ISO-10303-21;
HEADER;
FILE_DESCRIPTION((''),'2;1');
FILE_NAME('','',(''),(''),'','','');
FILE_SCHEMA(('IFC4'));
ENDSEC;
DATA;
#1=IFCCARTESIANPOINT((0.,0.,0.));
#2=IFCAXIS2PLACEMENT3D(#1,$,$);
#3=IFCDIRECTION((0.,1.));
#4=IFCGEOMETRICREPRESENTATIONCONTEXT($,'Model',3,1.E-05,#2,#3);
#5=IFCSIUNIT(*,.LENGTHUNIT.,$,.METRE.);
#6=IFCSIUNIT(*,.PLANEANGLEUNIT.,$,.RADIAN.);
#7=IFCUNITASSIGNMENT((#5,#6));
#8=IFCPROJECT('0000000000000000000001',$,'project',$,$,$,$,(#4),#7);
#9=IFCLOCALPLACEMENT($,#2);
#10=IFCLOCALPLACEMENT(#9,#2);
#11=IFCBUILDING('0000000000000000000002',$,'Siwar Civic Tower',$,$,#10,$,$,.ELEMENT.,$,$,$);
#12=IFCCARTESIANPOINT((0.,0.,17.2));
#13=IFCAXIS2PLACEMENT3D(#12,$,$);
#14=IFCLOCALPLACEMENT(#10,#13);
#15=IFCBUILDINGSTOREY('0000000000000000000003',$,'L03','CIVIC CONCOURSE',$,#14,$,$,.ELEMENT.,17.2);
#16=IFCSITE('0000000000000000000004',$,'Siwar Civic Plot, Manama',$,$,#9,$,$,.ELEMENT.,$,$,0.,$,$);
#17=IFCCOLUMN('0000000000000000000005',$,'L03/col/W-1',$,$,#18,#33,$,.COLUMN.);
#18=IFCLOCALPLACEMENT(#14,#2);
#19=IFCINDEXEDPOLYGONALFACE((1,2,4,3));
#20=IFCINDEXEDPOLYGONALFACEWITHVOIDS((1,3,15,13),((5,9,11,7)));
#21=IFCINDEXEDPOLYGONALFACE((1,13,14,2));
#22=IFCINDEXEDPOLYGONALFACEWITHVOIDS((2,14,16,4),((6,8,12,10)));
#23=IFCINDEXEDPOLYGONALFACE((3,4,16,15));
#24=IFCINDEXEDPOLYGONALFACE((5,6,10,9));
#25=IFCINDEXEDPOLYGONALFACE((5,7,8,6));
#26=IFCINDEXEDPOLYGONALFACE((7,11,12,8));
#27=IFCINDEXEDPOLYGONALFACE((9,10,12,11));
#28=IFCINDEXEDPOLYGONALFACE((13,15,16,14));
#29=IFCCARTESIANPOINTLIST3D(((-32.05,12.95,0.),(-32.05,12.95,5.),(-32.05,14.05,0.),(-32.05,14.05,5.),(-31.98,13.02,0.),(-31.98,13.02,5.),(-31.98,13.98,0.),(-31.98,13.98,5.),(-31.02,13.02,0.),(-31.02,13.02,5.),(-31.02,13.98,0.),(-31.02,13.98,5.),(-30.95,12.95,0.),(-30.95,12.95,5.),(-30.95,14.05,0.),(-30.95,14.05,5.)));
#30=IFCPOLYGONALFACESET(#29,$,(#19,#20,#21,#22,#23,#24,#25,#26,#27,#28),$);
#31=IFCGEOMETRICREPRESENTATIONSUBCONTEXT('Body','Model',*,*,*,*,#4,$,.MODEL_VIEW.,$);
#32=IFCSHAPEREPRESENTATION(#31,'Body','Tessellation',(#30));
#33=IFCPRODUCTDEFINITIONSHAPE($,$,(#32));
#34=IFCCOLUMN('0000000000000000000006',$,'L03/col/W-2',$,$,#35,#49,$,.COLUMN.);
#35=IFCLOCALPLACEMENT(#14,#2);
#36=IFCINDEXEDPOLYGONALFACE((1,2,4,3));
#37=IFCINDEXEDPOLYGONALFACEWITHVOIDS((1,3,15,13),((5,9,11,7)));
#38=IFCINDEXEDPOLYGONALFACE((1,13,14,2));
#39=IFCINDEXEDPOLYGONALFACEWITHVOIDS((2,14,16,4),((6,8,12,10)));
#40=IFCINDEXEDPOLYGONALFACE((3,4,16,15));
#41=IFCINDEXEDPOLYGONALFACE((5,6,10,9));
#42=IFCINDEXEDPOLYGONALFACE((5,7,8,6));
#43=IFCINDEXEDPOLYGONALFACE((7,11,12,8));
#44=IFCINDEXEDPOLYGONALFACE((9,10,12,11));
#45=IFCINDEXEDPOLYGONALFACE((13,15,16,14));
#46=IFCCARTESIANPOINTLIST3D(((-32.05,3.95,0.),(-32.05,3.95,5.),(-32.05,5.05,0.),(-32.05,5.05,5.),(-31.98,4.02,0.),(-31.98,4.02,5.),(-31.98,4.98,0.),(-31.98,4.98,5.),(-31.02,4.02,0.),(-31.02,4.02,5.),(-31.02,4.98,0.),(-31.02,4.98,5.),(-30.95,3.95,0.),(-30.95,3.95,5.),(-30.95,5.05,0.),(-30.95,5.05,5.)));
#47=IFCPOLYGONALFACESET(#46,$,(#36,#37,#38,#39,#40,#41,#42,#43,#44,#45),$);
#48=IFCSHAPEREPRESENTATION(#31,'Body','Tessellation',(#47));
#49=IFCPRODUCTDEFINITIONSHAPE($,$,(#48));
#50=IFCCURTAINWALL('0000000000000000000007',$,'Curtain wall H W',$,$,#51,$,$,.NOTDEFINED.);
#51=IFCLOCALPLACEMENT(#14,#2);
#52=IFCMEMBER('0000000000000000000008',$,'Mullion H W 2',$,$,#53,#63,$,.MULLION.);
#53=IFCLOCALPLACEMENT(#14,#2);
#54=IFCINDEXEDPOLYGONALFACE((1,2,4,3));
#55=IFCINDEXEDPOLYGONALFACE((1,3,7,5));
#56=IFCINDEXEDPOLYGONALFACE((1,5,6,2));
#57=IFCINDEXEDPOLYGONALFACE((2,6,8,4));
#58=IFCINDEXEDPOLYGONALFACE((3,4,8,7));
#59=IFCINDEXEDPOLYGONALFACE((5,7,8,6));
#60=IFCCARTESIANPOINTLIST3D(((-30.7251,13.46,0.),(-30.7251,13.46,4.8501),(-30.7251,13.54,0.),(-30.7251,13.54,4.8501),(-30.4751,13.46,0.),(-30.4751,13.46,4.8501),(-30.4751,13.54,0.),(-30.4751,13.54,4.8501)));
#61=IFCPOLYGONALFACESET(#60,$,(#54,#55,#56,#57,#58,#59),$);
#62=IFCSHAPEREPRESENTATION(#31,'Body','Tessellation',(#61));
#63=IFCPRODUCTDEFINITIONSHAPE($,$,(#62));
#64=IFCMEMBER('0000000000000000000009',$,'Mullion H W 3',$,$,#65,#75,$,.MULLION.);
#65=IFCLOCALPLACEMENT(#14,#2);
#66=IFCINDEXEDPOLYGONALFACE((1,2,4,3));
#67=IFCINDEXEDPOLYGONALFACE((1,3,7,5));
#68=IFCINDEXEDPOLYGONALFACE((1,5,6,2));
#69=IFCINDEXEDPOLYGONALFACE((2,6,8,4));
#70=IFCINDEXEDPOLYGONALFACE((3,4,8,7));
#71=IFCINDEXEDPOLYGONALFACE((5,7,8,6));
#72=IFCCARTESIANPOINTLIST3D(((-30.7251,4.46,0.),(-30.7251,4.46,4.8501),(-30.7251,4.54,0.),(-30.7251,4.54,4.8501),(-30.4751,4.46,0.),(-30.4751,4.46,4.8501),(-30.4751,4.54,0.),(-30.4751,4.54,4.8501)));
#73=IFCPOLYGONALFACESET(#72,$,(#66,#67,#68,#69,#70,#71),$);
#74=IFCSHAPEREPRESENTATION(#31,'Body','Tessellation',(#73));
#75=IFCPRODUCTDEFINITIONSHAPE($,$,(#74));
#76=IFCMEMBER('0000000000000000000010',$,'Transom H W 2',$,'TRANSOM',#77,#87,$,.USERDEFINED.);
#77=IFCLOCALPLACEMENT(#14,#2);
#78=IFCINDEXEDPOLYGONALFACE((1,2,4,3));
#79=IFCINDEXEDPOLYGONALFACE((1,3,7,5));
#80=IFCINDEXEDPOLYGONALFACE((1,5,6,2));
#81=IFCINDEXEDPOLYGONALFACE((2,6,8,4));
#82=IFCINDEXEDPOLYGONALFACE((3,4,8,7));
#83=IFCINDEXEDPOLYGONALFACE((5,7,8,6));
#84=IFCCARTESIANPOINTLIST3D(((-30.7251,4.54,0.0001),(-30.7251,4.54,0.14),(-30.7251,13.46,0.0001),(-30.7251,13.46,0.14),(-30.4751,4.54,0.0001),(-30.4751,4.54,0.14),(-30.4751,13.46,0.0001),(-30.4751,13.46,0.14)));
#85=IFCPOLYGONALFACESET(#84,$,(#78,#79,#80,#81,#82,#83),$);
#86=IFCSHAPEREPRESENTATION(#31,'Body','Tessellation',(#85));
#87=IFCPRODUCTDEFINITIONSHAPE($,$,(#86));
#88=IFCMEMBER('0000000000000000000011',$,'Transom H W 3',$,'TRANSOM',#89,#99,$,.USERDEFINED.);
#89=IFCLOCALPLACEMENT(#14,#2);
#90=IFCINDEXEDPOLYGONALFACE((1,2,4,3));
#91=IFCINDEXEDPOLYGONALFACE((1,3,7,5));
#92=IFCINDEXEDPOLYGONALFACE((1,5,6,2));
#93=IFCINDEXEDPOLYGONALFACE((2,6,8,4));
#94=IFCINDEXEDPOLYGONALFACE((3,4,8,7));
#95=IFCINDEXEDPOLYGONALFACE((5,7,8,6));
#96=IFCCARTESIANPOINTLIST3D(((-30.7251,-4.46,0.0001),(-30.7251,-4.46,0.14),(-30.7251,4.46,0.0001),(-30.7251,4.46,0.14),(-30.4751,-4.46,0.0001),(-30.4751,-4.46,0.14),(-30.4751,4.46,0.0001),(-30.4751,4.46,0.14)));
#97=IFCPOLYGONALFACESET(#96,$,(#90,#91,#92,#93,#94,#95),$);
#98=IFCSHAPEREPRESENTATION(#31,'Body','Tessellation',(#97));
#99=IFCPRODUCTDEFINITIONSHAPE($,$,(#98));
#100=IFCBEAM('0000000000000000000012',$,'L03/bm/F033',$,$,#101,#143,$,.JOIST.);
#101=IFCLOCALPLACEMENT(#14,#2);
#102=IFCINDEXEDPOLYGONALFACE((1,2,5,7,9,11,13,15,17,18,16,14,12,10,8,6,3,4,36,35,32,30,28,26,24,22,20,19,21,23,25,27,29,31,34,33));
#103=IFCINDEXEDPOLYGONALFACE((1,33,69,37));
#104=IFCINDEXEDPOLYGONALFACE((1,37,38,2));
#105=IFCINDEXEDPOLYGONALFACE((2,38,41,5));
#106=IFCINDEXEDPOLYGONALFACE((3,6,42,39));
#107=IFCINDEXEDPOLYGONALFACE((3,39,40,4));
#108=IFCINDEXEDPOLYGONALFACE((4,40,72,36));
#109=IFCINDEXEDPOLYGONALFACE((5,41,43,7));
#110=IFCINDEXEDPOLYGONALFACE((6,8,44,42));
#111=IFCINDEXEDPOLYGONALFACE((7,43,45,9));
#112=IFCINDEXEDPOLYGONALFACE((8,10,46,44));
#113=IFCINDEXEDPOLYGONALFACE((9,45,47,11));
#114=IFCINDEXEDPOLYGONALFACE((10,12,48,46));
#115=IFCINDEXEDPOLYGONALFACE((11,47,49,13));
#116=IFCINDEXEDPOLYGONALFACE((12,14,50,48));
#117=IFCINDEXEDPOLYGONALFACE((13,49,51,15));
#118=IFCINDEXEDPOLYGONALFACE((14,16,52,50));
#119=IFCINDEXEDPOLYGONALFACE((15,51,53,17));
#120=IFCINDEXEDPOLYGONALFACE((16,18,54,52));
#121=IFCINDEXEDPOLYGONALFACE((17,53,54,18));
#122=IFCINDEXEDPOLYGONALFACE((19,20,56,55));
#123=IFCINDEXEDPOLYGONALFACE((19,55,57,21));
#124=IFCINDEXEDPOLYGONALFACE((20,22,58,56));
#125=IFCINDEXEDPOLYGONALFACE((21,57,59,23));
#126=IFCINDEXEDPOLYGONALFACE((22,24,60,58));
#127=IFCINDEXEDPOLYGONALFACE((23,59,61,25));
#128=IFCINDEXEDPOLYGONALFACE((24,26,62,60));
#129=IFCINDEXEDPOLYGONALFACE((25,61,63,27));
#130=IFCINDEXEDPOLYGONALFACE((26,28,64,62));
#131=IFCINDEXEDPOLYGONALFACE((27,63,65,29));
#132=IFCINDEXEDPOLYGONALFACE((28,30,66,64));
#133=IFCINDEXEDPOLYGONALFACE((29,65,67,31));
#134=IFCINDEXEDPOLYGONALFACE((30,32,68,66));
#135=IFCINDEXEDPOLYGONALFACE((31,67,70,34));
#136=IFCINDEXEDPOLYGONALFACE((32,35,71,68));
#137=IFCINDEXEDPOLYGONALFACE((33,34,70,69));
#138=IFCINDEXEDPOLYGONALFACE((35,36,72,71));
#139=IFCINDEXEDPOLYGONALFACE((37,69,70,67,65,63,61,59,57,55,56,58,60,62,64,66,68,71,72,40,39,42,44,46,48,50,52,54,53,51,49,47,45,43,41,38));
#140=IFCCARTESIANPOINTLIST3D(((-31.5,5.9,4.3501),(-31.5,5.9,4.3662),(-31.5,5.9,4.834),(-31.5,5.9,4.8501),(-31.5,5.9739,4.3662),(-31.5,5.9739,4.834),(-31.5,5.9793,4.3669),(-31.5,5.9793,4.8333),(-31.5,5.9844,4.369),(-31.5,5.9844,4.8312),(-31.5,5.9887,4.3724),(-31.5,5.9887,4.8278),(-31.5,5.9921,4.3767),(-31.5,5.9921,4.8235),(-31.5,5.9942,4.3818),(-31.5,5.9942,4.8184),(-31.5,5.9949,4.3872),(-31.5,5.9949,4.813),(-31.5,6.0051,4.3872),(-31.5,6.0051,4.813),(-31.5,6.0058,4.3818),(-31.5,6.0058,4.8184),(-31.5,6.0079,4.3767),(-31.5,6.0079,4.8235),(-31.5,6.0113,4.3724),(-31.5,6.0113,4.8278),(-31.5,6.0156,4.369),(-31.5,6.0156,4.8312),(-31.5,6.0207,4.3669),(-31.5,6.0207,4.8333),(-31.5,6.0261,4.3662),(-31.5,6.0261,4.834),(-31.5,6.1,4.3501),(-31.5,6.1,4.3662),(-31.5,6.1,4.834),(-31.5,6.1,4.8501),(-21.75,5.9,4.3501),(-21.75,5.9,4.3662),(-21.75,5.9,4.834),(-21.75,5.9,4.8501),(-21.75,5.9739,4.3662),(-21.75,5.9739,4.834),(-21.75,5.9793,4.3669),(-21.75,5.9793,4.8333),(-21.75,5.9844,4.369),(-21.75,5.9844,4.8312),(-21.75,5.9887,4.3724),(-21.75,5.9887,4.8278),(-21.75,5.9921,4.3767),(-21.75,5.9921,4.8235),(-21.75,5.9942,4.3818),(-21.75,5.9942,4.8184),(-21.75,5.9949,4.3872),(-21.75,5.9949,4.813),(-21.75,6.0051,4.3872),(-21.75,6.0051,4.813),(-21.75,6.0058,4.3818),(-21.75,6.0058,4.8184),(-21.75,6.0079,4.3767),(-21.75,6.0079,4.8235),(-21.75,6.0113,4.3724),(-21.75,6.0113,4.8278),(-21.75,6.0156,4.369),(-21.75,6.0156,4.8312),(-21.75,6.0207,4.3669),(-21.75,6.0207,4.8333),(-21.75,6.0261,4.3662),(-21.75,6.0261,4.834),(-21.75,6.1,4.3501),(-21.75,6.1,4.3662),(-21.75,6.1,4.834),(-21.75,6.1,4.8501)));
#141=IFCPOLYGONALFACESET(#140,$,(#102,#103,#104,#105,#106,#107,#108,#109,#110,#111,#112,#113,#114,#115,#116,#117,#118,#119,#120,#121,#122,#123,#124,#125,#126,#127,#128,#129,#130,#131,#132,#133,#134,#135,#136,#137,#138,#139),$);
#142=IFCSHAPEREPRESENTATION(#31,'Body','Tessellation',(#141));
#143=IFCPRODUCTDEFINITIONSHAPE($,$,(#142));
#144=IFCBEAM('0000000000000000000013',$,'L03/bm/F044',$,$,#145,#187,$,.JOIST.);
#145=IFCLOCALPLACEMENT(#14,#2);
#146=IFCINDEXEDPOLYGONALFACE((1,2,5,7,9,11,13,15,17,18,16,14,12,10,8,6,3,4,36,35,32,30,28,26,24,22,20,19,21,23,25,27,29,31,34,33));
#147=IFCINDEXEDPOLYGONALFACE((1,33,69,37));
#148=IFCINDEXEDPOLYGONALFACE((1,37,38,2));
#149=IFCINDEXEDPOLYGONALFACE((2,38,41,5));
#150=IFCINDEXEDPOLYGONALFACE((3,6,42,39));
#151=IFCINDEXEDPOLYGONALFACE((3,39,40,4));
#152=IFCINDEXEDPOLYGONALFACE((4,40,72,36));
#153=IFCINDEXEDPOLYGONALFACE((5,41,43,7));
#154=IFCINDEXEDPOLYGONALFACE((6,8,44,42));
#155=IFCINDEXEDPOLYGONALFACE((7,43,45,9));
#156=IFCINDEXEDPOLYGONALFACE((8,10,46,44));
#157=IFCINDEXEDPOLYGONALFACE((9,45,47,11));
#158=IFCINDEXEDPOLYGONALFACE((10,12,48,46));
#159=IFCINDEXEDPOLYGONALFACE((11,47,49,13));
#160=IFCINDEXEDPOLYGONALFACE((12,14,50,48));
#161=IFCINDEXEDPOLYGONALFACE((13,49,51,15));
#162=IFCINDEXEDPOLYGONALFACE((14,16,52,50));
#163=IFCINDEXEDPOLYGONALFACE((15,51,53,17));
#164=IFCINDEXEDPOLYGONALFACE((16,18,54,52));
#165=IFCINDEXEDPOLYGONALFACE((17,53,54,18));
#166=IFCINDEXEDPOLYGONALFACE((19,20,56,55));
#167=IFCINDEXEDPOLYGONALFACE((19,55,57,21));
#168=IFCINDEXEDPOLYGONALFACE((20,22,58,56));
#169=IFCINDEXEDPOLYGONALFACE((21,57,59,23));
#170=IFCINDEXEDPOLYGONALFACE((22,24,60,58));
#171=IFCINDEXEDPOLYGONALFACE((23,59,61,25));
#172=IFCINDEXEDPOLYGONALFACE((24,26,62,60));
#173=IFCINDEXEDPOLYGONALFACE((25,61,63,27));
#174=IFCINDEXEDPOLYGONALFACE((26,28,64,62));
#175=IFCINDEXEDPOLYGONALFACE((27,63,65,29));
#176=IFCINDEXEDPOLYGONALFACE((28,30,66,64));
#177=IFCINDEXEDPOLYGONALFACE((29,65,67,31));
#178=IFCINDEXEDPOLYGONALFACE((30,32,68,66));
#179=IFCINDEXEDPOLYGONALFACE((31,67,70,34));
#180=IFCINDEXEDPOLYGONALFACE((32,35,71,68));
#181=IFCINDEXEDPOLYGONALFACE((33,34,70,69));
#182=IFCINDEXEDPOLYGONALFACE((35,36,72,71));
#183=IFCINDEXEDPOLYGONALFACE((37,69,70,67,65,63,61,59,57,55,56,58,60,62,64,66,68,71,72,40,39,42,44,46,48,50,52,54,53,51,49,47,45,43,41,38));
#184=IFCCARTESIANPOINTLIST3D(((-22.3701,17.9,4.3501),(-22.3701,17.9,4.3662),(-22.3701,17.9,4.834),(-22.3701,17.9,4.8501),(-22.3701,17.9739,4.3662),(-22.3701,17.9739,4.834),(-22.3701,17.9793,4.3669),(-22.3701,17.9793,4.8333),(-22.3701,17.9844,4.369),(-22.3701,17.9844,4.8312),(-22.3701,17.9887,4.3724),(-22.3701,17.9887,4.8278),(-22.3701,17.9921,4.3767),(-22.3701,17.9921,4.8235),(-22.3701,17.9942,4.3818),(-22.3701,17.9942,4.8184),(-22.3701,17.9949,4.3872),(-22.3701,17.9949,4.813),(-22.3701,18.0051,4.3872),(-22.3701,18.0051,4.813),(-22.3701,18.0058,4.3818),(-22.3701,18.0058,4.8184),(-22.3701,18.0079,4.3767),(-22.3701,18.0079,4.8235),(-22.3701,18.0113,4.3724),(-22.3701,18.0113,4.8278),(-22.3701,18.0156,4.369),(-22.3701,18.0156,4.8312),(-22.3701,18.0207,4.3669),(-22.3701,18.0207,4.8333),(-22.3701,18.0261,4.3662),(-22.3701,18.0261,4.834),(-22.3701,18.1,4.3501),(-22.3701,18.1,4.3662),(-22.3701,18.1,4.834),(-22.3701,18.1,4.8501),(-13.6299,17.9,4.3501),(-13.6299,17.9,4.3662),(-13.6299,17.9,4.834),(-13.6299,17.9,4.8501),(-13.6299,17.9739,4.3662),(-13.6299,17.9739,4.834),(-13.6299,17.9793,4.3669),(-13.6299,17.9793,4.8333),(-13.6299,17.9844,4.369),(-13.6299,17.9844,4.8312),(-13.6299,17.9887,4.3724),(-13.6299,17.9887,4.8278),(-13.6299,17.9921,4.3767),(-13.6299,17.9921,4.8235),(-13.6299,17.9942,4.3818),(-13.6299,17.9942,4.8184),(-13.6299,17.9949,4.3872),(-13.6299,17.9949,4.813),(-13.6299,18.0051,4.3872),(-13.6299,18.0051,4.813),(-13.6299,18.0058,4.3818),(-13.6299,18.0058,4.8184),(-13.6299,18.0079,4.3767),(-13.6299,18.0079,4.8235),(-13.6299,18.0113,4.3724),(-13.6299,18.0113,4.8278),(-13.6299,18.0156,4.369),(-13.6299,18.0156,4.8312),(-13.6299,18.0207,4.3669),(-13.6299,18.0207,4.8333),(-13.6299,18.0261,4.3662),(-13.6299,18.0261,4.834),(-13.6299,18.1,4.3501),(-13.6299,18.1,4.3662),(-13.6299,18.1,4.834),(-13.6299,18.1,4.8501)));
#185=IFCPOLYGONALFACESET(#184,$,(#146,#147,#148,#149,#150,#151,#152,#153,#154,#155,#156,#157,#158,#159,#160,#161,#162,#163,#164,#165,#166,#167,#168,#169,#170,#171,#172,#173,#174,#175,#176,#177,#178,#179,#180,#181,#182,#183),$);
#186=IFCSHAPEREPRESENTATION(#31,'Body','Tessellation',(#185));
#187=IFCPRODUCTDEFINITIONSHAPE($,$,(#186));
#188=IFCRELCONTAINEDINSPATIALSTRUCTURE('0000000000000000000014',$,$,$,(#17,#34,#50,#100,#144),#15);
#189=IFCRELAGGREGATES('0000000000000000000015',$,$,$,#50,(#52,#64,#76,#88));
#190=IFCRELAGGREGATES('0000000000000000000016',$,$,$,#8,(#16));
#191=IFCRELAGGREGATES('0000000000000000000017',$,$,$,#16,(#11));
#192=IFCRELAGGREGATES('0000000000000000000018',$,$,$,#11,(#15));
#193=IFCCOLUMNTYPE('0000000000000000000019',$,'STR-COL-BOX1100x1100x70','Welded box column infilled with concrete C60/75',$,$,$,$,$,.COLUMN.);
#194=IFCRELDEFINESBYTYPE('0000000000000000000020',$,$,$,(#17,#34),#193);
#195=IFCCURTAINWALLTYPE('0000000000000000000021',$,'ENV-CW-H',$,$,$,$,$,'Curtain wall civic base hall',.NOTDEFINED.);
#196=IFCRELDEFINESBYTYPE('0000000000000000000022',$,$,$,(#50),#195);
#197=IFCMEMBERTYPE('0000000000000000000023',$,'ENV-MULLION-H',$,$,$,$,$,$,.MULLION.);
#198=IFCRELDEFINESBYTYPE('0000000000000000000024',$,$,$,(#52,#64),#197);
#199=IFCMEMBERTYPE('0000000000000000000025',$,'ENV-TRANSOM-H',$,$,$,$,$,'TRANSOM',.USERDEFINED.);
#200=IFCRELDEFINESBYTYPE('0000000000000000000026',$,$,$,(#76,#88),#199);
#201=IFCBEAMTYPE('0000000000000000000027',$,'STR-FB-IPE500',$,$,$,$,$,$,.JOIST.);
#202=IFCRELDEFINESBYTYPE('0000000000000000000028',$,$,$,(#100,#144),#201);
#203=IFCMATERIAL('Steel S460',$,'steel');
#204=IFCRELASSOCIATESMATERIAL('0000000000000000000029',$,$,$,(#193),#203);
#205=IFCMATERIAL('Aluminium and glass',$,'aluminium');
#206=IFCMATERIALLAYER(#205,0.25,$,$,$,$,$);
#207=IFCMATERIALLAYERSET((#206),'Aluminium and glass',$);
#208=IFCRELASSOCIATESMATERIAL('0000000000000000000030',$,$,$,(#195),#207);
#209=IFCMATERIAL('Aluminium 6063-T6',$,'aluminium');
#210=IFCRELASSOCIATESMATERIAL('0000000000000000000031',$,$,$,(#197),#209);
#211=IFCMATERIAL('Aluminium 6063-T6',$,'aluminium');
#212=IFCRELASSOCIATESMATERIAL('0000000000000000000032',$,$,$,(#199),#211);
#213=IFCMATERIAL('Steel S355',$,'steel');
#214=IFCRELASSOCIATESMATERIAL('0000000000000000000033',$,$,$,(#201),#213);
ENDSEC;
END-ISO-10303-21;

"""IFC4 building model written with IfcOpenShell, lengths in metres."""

from ifc_helpers import new_model, si_unit, direction, frame, origin, origin_2d, place, context, subcontext, project, spatial, rectangle, hollow_rectangle, i_section, extrude, material, layer, layer_set, material_profile, profile_set, type_object, element, aggregate, save


model = new_model("IFC4")

# Units and contexts
model_context = context("Model", 3, precision=1e-05, world=origin(), true_north=direction((0.0, 1.0)))
body_context = subcontext(model_context, "Body", "Model", "MODEL_VIEW")
ifc_project = project(units=[si_unit("LENGTHUNIT", "METRE"), si_unit("PLANEANGLEUNIT", "RADIAN")], contexts=[model_context])

# Site, building, storey
site_placement = place(None, origin())
site = spatial("IfcSite", under=ifc_project, at=site_placement, Name="Siwar Civic Plot, Manama", CompositionType="ELEMENT", RefElevation=0.0)
building_placement = place(site_placement, origin())
building = spatial("IfcBuilding", under=site, at=building_placement, Name="Siwar Civic Tower", CompositionType="ELEMENT")
storey_placement = place(building_placement, frame((0.0, 0.0, 17.2)))
storey = spatial("IfcBuildingStorey", under=building, at=storey_placement, Name="L03", Description="CIVIC CONCOURSE", CompositionType="ELEMENT", Elevation=17.2)

# Columns
ifc_material_1 = material(Name="Steel S460", Category="steel")
ifc_material_profile_1 = material_profile(ifc_material_1, hollow_rectangle(XDim=1.1001, YDim=1.1001, WallThickness=0.0701, at=origin_2d()), Name="BOX1100x1100x70")
ifc_profile_set_1 = profile_set([ifc_material_profile_1], Name="Steel S460")
column_type = type_object("IfcColumnType", Name="STR-COL-BOX1100x1100x70", Description="Welded box column infilled with concrete C60/75", PredefinedType="COLUMN", material=ifc_profile_set_1)
for number, where, z_axis, x_axis, name in (
    (1, (-31.5, 13.5, 0.0), (0.0, 0.0, 1.0), (1.0, 0.0, 0.0), "L03/col/W-1"),
    (2, (-31.5, 4.5, 0.0), (0.0, 0.0, 1.0), (1.0, 0.0, 0.0), "L03/col/W-2"),
):
    element("IfcColumn", number, at=place(storey_placement, frame(where, z_axis=z_axis, x_axis=x_axis)), inside=storey, type_object=column_type, Name=name, PredefinedType="COLUMN", context=body_context, shape_type="SweptSolid", body=[
        extrude(hollow_rectangle(XDim=1.1001, YDim=1.1001, WallThickness=0.0701, at=origin_2d()), origin(), (0.0, 0.0, 1.0), 5.0),
    ])

# Curtain wall, members
ifc_material_2 = material(Name="Aluminium and glass", Category="aluminium")
ifc_layer_1 = layer(ifc_material_2, 0.25)
ifc_layer_set_1 = layer_set([ifc_layer_1], Name="Aluminium and glass")
curtain_wall_type = type_object("IfcCurtainWallType", Name="ENV-CW-H", ElementType="Curtain wall civic base hall", PredefinedType="NOTDEFINED", material=ifc_layer_set_1)
curtain_wall_placement = place(storey_placement, origin())
curtain_wall = element("IfcCurtainWall", 3, at=curtain_wall_placement, inside=storey, type_object=curtain_wall_type, Name="Curtain wall H W", PredefinedType="NOTDEFINED")
ifc_material_3 = material(Name="Aluminium 6063-T6", Category="aluminium")
ifc_material_profile_2 = material_profile(ifc_material_3, rectangle(XDim=0.25, YDim=0.0801, at=origin_2d()), Name="AL 250x80")
ifc_profile_set_2 = profile_set([ifc_material_profile_2], Name="Aluminium 6063-T6")
member_type_1 = type_object("IfcMemberType", Name="ENV-MULLION-H", PredefinedType="MULLION", material=ifc_profile_set_2)
member_1_placement = place(storey_placement, frame((-30.6001, 13.5, 0.0), z_axis=(0.0, 0.0, 1.0), x_axis=(1.0, 0.0, 0.0)))
member_1 = element("IfcMember", 4, at=member_1_placement, type_object=member_type_1, Name="Mullion H W 2", PredefinedType="MULLION", context=body_context, shape_type="SweptSolid", body=[
    extrude(rectangle(XDim=0.25, YDim=0.0801, at=origin_2d()), origin(), (0.0, 0.0, 1.0), 4.8501),
])
member_2_placement = place(storey_placement, frame((-30.6001, 4.5, 0.0), z_axis=(0.0, 0.0, 1.0), x_axis=(1.0, 0.0, 0.0)))
member_2 = element("IfcMember", 5, at=member_2_placement, type_object=member_type_1, Name="Mullion H W 3", PredefinedType="MULLION", context=body_context, shape_type="SweptSolid", body=[
    extrude(rectangle(XDim=0.25, YDim=0.0801, at=origin_2d()), origin(), (0.0, 0.0, 1.0), 4.8501),
])
ifc_material_4 = material(Name="Aluminium 6063-T6", Category="aluminium")
ifc_material_profile_3 = material_profile(ifc_material_4, rectangle(XDim=0.25, YDim=0.1399, at=origin_2d()), Name="AL 250x140")
ifc_profile_set_3 = profile_set([ifc_material_profile_3], Name="Aluminium 6063-T6")
member_type_2 = type_object("IfcMemberType", Name="ENV-TRANSOM-H", ElementType="TRANSOM", PredefinedType="USERDEFINED", material=ifc_profile_set_3)
member_3_placement = place(storey_placement, frame((-30.6001, 13.46, 0.0701), z_axis=(0.0, -1.0, 0.0), x_axis=(1.0, 0.0, 0.0)))
member_3 = element("IfcMember", 6, at=member_3_placement, type_object=member_type_2, Name="Transom H W 2", ObjectType="TRANSOM", PredefinedType="USERDEFINED", context=body_context, shape_type="SweptSolid", body=[
    extrude(rectangle(XDim=0.25, YDim=0.1399, at=origin_2d()), origin(), (0.0, 0.0, 1.0), 8.9199),
])
member_4_placement = place(storey_placement, frame((-30.6001, 4.46, 0.0701), z_axis=(0.0, -1.0, 0.0), x_axis=(1.0, 0.0, 0.0)))
member_4 = element("IfcMember", 7, at=member_4_placement, type_object=member_type_2, Name="Transom H W 3", ObjectType="TRANSOM", PredefinedType="USERDEFINED", context=body_context, shape_type="SweptSolid", body=[
    extrude(rectangle(XDim=0.25, YDim=0.1399, at=origin_2d()), origin(), (0.0, 0.0, 1.0), 8.9199),
])

# Beams
ifc_material_5 = material(Name="Steel S355", Category="steel")
ifc_material_profile_4 = material_profile(ifc_material_5, i_section(OverallWidth=0.2, OverallDepth=0.5, WebThickness=0.0103, FlangeThickness=0.0161, FilletRadius=0.021, at=origin_2d()), Name="IPE500")
ifc_profile_set_4 = profile_set([ifc_material_profile_4], Name="Steel S355")
beam_type_1 = type_object("IfcBeamType", Name="STR-FB-IPE500", PredefinedType="JOIST", material=ifc_profile_set_4)
beam_1_placement = place(storey_placement, frame((-31.5, 6.0, 4.6001), z_axis=(1.0, 0.0, 0.0), x_axis=(0.0, 1.0, 0.0)))
element("IfcBeam", 8, at=beam_1_placement, inside=storey, type_object=beam_type_1, Name="L03/bm/F033", PredefinedType="JOIST", context=body_context, shape_type="SweptSolid", body=[
    extrude(i_section(OverallWidth=0.2, OverallDepth=0.5, WebThickness=0.0103, FlangeThickness=0.0161, FilletRadius=0.021, at=origin_2d()), origin(), (0.0, 0.0, 1.0), 9.75),
])
beam_2_placement = place(storey_placement, frame((-22.3701, 18.0, 4.6001), z_axis=(1.0, 0.0, 0.0), x_axis=(0.0, 1.0, 0.0)))
element("IfcBeam", 9, at=beam_2_placement, inside=storey, type_object=beam_type_1, Name="L03/bm/F044", PredefinedType="JOIST", context=body_context, shape_type="SweptSolid", body=[
    extrude(i_section(OverallWidth=0.2, OverallDepth=0.5, WebThickness=0.0103, FlangeThickness=0.0161, FilletRadius=0.021, at=origin_2d()), origin(), (0.0, 0.0, 1.0), 8.7402),
])

aggregate(curtain_wall, [member_1, member_2, member_3, member_4])

save(model, "model.ifc")
